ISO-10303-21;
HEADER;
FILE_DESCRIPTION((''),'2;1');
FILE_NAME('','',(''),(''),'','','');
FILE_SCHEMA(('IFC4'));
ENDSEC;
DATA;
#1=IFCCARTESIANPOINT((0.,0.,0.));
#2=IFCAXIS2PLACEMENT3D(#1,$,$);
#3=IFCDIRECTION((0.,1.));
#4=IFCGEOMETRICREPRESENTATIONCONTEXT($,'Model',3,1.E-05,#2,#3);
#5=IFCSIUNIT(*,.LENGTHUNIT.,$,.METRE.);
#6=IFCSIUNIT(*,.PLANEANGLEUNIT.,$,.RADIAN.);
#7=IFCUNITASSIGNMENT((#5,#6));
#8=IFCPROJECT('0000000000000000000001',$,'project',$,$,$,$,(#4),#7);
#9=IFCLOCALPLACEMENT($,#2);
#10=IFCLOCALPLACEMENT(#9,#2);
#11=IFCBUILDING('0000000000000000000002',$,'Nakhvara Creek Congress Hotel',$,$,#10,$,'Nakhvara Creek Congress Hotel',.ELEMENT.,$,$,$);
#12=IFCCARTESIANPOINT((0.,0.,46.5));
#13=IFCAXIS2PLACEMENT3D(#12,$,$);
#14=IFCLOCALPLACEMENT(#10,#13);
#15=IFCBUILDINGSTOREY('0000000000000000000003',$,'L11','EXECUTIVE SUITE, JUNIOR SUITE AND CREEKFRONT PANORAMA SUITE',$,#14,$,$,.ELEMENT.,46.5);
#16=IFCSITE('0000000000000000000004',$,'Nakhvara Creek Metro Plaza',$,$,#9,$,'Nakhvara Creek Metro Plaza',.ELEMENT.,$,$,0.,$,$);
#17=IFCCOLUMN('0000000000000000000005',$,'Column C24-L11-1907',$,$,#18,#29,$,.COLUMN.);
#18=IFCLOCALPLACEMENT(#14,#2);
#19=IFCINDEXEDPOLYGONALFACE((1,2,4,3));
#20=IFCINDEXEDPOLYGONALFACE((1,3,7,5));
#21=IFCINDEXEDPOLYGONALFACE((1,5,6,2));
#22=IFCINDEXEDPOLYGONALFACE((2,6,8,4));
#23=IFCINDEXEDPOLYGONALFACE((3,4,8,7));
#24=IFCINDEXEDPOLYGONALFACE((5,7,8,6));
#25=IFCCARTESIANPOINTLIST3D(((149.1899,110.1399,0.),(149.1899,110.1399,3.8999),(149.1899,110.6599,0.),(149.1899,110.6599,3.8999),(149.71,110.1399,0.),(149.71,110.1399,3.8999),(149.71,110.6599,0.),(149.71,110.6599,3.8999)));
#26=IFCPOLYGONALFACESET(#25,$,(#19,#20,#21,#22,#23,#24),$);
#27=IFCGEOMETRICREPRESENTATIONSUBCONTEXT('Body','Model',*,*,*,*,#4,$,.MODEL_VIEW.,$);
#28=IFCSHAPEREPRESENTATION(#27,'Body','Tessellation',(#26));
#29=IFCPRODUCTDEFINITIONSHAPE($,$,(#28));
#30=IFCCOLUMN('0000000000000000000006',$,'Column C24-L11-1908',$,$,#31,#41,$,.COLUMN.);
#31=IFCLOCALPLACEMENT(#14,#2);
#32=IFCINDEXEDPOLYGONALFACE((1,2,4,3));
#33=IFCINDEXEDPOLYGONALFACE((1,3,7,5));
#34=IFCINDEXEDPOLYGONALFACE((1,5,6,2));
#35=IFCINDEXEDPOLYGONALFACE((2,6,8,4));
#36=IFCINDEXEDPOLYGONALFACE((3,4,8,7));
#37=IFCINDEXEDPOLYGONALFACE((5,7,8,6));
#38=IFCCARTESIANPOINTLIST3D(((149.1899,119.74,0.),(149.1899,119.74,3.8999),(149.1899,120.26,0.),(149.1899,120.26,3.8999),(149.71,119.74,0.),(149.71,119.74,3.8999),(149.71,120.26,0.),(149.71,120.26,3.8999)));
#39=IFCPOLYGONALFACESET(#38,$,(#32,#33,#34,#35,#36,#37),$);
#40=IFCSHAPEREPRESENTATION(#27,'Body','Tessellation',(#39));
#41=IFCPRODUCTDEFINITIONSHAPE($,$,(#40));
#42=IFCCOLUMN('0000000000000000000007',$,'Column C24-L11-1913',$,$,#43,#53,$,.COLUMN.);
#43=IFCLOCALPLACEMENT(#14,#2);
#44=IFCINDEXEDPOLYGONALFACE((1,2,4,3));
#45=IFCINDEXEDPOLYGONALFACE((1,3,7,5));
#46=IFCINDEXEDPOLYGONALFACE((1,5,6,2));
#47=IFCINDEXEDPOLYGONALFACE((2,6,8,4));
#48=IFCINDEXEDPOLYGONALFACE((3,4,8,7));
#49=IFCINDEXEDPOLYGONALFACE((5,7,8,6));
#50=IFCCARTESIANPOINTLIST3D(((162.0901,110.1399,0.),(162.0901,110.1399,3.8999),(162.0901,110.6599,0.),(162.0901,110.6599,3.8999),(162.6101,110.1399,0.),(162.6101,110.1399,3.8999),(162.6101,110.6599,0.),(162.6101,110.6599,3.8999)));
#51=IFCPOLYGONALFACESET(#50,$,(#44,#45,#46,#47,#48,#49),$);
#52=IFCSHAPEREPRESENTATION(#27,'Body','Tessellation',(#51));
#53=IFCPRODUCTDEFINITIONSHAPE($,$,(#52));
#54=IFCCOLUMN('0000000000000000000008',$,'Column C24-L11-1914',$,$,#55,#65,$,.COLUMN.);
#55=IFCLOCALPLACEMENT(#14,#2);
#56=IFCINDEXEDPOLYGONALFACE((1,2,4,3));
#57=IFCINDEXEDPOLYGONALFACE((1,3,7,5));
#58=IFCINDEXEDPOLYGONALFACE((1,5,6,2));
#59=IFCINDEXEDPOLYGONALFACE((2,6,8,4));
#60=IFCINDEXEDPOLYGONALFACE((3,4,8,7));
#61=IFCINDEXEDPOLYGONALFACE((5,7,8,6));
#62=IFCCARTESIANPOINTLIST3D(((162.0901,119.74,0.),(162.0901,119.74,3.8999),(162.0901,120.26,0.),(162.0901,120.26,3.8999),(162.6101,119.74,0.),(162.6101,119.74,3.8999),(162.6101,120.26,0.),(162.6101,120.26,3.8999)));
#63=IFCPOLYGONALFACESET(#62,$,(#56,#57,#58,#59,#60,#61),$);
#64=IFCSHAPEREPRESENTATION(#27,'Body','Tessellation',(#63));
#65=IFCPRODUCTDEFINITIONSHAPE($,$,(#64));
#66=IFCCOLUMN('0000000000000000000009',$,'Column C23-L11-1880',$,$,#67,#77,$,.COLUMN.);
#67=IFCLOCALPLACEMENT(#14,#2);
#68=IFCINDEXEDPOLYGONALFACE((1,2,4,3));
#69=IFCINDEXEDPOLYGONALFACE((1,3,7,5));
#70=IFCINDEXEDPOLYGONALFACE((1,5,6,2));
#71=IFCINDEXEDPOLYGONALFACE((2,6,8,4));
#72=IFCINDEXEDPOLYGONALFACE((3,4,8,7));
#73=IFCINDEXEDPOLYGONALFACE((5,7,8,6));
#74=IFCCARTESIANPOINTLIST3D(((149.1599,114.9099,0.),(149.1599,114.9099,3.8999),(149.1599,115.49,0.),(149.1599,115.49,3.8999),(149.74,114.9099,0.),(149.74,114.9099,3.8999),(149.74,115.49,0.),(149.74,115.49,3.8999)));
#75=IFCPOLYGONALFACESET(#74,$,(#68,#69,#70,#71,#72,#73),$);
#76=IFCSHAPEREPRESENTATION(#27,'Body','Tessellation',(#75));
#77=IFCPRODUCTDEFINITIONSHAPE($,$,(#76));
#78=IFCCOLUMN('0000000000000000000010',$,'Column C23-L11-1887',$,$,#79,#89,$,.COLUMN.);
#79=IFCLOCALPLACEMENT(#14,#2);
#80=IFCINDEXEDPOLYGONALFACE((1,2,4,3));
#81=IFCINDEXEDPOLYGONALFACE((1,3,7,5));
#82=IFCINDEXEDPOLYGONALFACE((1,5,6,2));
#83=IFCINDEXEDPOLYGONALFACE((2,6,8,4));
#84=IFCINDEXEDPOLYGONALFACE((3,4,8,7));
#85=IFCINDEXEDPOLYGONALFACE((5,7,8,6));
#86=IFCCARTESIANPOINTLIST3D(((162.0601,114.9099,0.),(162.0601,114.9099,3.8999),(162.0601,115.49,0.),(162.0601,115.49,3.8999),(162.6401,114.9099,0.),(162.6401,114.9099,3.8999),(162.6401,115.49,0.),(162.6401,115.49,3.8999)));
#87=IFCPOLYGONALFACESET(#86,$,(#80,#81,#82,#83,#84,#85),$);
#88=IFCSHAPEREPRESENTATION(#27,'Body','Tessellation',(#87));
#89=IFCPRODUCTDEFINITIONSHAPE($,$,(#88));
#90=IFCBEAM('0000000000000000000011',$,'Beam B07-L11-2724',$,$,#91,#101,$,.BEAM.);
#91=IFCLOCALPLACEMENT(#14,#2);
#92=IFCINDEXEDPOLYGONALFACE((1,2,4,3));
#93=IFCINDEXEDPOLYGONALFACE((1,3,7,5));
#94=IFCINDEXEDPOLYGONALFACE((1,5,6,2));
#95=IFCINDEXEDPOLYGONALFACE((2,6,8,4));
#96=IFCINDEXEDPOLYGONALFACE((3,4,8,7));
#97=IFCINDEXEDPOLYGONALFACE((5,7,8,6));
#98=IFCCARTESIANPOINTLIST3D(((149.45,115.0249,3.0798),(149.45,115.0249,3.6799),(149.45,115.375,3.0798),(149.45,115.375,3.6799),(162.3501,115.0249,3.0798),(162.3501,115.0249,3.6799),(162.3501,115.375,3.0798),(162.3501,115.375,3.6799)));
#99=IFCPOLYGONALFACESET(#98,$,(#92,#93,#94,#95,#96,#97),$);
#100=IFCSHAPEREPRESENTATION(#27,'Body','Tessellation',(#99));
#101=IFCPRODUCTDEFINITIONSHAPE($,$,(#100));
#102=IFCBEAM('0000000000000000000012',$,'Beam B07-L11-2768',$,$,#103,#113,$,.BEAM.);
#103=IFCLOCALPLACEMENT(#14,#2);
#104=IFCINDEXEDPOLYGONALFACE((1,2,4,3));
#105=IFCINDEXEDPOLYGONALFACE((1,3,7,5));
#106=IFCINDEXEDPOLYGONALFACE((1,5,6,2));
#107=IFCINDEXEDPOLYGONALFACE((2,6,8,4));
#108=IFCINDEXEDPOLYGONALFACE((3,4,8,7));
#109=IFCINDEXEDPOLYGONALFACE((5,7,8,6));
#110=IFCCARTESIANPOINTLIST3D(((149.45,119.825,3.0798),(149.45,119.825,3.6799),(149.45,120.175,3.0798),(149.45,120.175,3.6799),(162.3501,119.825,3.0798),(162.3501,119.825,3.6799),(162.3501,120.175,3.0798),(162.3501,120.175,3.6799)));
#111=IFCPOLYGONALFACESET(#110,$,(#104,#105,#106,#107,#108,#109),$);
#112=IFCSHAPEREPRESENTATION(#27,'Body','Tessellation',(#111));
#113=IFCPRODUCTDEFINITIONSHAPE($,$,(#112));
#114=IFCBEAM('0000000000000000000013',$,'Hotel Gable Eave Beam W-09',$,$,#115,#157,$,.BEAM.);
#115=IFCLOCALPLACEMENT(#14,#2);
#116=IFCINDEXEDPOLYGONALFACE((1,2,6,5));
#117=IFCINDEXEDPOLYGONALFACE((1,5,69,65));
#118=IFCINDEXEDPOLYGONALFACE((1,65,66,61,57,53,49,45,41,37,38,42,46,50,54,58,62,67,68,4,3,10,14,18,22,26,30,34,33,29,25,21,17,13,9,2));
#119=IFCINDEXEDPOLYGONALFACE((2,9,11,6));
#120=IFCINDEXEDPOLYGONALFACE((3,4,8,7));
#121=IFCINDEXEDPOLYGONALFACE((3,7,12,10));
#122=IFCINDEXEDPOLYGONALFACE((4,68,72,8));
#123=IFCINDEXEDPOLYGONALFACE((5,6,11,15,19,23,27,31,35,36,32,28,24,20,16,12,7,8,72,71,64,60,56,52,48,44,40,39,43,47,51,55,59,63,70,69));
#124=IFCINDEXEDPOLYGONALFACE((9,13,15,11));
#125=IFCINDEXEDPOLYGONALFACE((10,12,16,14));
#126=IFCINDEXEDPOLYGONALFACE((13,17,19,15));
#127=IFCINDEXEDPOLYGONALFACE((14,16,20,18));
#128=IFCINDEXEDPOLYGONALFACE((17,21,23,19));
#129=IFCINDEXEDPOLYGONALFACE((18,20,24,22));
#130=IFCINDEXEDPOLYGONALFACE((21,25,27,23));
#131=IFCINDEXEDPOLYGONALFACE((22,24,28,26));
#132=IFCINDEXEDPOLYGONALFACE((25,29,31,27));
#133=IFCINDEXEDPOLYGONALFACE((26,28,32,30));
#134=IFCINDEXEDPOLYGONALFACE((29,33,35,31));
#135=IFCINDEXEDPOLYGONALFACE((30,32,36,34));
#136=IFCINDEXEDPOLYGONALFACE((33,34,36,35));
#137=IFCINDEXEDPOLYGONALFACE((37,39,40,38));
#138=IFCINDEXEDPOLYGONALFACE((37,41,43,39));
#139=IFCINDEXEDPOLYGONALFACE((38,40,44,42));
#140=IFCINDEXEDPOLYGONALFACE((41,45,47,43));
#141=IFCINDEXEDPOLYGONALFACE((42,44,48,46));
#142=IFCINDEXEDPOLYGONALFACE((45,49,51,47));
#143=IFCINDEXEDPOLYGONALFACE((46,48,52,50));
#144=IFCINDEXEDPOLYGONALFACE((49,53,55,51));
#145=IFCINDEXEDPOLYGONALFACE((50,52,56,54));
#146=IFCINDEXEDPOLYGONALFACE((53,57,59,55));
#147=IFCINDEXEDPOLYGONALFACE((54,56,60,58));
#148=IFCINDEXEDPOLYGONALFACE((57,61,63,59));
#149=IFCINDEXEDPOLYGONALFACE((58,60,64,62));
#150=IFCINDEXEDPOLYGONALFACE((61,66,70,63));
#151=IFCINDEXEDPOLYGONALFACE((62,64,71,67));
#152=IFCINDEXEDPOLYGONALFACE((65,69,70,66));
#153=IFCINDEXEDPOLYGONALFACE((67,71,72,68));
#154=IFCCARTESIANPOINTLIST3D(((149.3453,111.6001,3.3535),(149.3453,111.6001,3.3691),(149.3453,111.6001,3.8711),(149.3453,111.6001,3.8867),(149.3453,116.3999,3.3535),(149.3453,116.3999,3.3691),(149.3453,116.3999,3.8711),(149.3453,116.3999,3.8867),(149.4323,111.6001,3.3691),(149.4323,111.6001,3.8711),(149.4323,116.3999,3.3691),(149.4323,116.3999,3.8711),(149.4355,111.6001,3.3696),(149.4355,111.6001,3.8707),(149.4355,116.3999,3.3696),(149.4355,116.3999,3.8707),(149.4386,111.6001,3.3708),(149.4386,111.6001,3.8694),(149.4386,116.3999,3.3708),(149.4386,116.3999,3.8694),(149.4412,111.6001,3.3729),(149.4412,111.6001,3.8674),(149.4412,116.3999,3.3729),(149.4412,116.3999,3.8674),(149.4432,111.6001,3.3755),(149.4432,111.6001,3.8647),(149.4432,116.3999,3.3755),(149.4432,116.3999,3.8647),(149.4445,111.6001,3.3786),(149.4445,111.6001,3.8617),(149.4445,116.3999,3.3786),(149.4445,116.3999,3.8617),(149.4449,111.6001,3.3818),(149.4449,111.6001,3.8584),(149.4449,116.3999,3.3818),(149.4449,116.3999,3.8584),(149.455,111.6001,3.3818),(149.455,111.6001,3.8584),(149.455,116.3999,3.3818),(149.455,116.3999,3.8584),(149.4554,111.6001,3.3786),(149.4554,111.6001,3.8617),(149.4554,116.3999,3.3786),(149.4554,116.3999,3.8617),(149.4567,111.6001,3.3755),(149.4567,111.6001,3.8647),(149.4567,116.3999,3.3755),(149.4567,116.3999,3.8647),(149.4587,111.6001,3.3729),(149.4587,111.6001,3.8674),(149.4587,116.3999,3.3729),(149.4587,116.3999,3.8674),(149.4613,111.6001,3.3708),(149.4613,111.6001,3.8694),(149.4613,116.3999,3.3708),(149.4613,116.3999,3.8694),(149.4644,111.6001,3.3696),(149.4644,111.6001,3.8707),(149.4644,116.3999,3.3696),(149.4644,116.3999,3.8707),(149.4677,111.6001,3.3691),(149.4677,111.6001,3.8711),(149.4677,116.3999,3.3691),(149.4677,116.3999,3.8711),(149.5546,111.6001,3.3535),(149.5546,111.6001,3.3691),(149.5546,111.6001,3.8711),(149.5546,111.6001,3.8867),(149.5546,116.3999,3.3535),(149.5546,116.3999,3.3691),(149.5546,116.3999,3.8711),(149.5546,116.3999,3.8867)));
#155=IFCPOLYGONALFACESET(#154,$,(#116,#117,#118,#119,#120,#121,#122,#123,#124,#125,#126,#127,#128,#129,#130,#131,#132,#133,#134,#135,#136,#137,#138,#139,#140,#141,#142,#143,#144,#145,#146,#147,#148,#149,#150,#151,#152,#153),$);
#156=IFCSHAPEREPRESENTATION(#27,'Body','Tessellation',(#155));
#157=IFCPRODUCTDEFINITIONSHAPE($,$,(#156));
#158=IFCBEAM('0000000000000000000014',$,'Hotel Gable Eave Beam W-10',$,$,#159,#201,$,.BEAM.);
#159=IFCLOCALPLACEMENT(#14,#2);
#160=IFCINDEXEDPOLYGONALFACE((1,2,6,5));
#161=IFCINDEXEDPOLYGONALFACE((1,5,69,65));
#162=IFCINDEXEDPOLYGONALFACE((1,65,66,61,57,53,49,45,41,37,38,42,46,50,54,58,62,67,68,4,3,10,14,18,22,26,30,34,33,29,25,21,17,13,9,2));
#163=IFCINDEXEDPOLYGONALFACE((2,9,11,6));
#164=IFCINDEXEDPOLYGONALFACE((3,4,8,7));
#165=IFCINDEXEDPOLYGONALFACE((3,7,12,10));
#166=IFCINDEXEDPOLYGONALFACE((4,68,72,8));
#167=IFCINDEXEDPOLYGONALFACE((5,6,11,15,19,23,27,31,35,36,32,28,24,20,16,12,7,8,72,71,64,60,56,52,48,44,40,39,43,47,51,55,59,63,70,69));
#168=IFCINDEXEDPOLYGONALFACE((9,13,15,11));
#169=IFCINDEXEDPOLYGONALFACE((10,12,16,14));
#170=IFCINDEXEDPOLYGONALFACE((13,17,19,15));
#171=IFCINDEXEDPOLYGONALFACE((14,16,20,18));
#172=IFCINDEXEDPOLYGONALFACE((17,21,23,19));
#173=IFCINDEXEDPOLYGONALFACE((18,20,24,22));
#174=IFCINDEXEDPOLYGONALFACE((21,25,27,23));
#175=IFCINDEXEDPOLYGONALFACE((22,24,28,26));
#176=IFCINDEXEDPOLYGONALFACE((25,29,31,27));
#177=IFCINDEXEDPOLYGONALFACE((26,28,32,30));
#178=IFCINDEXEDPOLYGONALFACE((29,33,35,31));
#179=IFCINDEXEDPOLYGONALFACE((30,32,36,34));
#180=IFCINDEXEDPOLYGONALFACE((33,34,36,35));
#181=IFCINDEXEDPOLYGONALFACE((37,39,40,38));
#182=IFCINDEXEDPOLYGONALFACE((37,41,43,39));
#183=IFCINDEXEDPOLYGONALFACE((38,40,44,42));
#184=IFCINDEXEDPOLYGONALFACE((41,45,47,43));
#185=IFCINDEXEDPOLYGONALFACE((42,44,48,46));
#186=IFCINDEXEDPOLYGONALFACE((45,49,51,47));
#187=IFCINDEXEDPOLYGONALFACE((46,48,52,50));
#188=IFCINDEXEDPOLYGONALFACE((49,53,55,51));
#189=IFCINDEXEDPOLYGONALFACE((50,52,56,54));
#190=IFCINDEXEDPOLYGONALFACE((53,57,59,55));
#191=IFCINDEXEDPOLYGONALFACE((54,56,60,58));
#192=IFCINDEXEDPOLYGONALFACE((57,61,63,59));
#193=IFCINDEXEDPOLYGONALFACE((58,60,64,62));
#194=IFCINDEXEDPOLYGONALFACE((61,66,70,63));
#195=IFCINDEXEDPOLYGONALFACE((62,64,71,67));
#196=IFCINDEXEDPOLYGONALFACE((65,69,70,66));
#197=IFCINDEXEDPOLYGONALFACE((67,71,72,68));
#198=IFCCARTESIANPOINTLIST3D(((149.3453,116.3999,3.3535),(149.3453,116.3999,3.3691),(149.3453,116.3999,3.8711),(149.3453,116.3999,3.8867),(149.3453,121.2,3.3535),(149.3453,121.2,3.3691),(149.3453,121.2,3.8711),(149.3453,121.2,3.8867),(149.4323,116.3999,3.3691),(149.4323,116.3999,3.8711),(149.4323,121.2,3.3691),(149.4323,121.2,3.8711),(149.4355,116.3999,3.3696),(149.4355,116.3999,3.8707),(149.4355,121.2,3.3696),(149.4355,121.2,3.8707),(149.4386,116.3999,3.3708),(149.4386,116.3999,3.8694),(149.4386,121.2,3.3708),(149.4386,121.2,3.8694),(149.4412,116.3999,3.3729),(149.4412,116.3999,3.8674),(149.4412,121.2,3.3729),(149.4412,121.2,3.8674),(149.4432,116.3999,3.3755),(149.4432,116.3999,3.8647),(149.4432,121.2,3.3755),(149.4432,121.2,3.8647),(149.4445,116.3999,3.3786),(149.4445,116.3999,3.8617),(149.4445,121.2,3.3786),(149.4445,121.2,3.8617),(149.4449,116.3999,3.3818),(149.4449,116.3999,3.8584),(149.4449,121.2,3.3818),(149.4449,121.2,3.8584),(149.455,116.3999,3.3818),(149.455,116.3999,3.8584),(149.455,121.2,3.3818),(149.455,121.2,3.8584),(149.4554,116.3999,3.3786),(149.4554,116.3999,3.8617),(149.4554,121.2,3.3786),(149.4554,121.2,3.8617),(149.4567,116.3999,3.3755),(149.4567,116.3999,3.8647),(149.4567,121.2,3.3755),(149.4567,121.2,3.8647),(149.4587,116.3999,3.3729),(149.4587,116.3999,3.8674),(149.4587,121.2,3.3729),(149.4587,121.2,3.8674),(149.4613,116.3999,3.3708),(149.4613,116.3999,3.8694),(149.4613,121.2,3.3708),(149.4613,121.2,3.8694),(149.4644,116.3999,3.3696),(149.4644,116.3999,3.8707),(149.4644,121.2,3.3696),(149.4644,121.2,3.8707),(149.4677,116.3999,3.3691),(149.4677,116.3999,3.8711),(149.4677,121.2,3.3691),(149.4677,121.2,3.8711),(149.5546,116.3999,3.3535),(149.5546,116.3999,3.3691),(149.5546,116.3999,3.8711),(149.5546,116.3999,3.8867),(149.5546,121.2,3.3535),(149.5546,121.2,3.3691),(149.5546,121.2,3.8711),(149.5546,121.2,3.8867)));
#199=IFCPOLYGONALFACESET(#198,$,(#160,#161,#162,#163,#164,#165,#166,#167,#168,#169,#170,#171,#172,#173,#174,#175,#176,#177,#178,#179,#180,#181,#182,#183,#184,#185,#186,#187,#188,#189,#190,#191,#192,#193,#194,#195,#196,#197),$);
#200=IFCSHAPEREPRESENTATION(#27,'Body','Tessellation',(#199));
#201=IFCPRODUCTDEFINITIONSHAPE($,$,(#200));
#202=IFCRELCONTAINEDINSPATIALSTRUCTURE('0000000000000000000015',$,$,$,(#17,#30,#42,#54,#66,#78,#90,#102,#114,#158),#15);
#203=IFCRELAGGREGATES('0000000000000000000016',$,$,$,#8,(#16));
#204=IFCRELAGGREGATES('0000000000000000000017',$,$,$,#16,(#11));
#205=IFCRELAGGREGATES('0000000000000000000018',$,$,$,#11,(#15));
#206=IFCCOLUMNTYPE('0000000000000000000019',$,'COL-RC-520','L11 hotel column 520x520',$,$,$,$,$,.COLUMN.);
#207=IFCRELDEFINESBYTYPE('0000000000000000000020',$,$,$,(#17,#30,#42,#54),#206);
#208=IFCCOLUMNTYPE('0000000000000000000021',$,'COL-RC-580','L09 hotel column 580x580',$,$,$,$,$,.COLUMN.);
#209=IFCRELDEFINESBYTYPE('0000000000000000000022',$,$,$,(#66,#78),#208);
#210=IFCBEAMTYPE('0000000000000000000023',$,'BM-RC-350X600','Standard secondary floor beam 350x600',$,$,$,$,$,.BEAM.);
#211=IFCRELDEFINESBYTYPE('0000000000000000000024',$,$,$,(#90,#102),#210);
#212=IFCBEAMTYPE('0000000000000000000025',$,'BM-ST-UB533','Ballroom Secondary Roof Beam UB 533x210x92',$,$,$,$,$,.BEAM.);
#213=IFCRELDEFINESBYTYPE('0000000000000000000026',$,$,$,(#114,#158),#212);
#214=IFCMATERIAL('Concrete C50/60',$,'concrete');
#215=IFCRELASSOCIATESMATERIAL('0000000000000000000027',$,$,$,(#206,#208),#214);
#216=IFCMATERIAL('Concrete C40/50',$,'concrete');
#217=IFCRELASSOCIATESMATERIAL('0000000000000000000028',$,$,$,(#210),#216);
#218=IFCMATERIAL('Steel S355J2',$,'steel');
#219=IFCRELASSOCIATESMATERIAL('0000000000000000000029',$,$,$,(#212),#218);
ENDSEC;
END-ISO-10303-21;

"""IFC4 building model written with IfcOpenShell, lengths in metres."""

from ifc_helpers import new_model, si_unit, direction, frame, origin, origin_2d, place, context, subcontext, project, spatial, rectangle, i_section, extrude, material, material_profile, profile_set, type_object, element, save


model = new_model("IFC4")

# Units and contexts
model_context = context("Model", 3, precision=1e-05, world=origin(), true_north=direction((0.0, 1.0)))
body_context = subcontext(model_context, "Body", "Model", "MODEL_VIEW")
ifc_project = project(units=[si_unit("LENGTHUNIT", "METRE"), si_unit("PLANEANGLEUNIT", "RADIAN")], contexts=[model_context])

# Site, building, storey
site_placement = place(None, origin())
site = spatial("IfcSite", under=ifc_project, at=site_placement, Name="Nakhvara Creek Metro Plaza", LongName="Nakhvara Creek Metro Plaza", CompositionType="ELEMENT", RefElevation=0.0)
building_placement = place(site_placement, origin())
building = spatial("IfcBuilding", under=site, at=building_placement, Name="Nakhvara Creek Congress Hotel", LongName="Nakhvara Creek Congress Hotel", CompositionType="ELEMENT")
storey_placement = place(building_placement, frame((0.0, 0.0, 46.5)))
storey = spatial("IfcBuildingStorey", under=building, at=storey_placement, Name="L11", Description="EXECUTIVE SUITE, JUNIOR SUITE AND CREEKFRONT PANORAMA SUITE", CompositionType="ELEMENT", Elevation=46.5)

# Columns
ifc_material_1 = material(Name="Concrete C50/60", Category="concrete")
ifc_material_profile_1 = material_profile(ifc_material_1, rectangle(XDim=0.52, YDim=0.52, at=origin_2d()), Name="RC-COL 520x520", Category="LoadBearing")
ifc_profile_set_1 = profile_set([ifc_material_profile_1], Name="Concrete C50/60")
column_type_1 = type_object("IfcColumnType", Name="COL-RC-520", Description="L11 hotel column 520x520", PredefinedType="COLUMN", material=ifc_profile_set_1)
for number, where, z_axis, x_axis, name in (
    (1, (149.45, 110.3999, 0.0), (0.0, 0.0, 1.0), (1.0, 0.0, 0.0), "Column C24-L11-1907"),
    (2, (149.45, 120.0, 0.0), (0.0, 0.0, 1.0), (1.0, 0.0, 0.0), "Column C24-L11-1908"),
    (3, (162.3501, 110.3999, 0.0), (0.0, 0.0, 1.0), (1.0, 0.0, 0.0), "Column C24-L11-1913"),
    (4, (162.3501, 120.0, 0.0), (0.0, 0.0, 1.0), (1.0, 0.0, 0.0), "Column C24-L11-1914"),
):
    element("IfcColumn", number, at=place(storey_placement, frame(where, z_axis=z_axis, x_axis=x_axis)), inside=storey, type_object=column_type_1, Name=name, PredefinedType="COLUMN", context=body_context, shape_type="SweptSolid", body=[
        extrude(rectangle(XDim=0.52, YDim=0.52, at=origin_2d()), origin(), (0.0, 0.0, 1.0), 3.8999),
    ])
ifc_material_profile_2 = material_profile(ifc_material_1, rectangle(XDim=0.5801, YDim=0.5801, at=origin_2d()), Name="RC-COL 580x580", Category="LoadBearing")
ifc_profile_set_2 = profile_set([ifc_material_profile_2], Name="Concrete C50/60")
column_type_2 = type_object("IfcColumnType", Name="COL-RC-580", Description="L09 hotel column 580x580", PredefinedType="COLUMN", material=ifc_profile_set_2)
for number, where, z_axis, x_axis, name in (
    (5, (149.45, 115.2, 0.0), (0.0, 0.0, 1.0), (1.0, 0.0, 0.0), "Column C23-L11-1880"),
    (6, (162.3501, 115.2, 0.0), (0.0, 0.0, 1.0), (1.0, 0.0, 0.0), "Column C23-L11-1887"),
):
    element("IfcColumn", number, at=place(storey_placement, frame(where, z_axis=z_axis, x_axis=x_axis)), inside=storey, type_object=column_type_2, Name=name, PredefinedType="COLUMN", context=body_context, shape_type="SweptSolid", body=[
        extrude(rectangle(XDim=0.5801, YDim=0.5801, at=origin_2d()), origin(), (0.0, 0.0, 1.0), 3.8999),
    ])

# Beams
ifc_material_2 = material(Name="Concrete C40/50", Category="concrete")
ifc_material_profile_3 = material_profile(ifc_material_2, rectangle(XDim=0.3501, YDim=0.6001, at=origin_2d()), Name="RC-BM 350x600", Category="LoadBearing")
ifc_profile_set_3 = profile_set([ifc_material_profile_3], Name="Concrete C40/50")
beam_type_1 = type_object("IfcBeamType", Name="BM-RC-350X600", Description="Standard secondary floor beam 350x600", PredefinedType="BEAM", material=ifc_profile_set_3)
for number, where, z_axis, x_axis, name in (
    (7, (149.45, 115.2, 3.3799), (1.0, 0.0, 0.0), (0.0, 1.0, 0.0), "Beam B07-L11-2724"),
    (8, (149.45, 120.0, 3.3799), (1.0, 0.0, 0.0), (0.0, 1.0, 0.0), "Beam B07-L11-2768"),
):
    element("IfcBeam", number, at=place(storey_placement, frame(where, z_axis=z_axis, x_axis=x_axis)), inside=storey, type_object=beam_type_1, Name=name, PredefinedType="BEAM", context=body_context, shape_type="SweptSolid", body=[
        extrude(rectangle(XDim=0.3501, YDim=0.6001, at=origin_2d()), origin(), (0.0, 0.0, 1.0), 12.9001),
    ])
ifc_material_3 = material(Name="Steel S355J2", Category="steel")
ifc_material_profile_4 = material_profile(ifc_material_3, i_section(OverallWidth=0.2092, OverallDepth=0.5332, WebThickness=0.01, FlangeThickness=0.0156, FilletRadius=0.0127, at=origin_2d()), Name="UB 533x210x92", Category="LoadBearing")
ifc_profile_set_4 = profile_set([ifc_material_profile_4], Name="Steel S355J2")
beam_type_2 = type_object("IfcBeamType", Name="BM-ST-UB533", Description="Ballroom Secondary Roof Beam UB 533x210x92", PredefinedType="BEAM", material=ifc_profile_set_4)
beam_1_placement = place(storey_placement, frame((149.45, 111.6001, 3.6201), z_axis=(0.0, 1.0, 0.0), x_axis=(-1.0, 0.0, 0.0)))
element("IfcBeam", 9, at=beam_1_placement, inside=storey, type_object=beam_type_2, Name="Hotel Gable Eave Beam W-09", PredefinedType="BEAM", context=body_context, shape_type="SweptSolid", body=[
    extrude(i_section(OverallWidth=0.2092, OverallDepth=0.5332, WebThickness=0.01, FlangeThickness=0.0156, FilletRadius=0.0127, at=origin_2d()), origin(), (0.0, 0.0, 1.0), 4.7998),
])
beam_2_placement = place(storey_placement, frame((149.45, 116.3999, 3.6201), z_axis=(0.0, 1.0, 0.0), x_axis=(-1.0, 0.0, 0.0)))
element("IfcBeam", 10, at=beam_2_placement, inside=storey, type_object=beam_type_2, Name="Hotel Gable Eave Beam W-10", PredefinedType="BEAM", context=body_context, shape_type="SweptSolid", body=[
    extrude(i_section(OverallWidth=0.2092, OverallDepth=0.5332, WebThickness=0.01, FlangeThickness=0.0156, FilletRadius=0.0127, at=origin_2d()), origin(), (0.0, 0.0, 1.0), 4.8),
])

save(model, "model.ifc")
